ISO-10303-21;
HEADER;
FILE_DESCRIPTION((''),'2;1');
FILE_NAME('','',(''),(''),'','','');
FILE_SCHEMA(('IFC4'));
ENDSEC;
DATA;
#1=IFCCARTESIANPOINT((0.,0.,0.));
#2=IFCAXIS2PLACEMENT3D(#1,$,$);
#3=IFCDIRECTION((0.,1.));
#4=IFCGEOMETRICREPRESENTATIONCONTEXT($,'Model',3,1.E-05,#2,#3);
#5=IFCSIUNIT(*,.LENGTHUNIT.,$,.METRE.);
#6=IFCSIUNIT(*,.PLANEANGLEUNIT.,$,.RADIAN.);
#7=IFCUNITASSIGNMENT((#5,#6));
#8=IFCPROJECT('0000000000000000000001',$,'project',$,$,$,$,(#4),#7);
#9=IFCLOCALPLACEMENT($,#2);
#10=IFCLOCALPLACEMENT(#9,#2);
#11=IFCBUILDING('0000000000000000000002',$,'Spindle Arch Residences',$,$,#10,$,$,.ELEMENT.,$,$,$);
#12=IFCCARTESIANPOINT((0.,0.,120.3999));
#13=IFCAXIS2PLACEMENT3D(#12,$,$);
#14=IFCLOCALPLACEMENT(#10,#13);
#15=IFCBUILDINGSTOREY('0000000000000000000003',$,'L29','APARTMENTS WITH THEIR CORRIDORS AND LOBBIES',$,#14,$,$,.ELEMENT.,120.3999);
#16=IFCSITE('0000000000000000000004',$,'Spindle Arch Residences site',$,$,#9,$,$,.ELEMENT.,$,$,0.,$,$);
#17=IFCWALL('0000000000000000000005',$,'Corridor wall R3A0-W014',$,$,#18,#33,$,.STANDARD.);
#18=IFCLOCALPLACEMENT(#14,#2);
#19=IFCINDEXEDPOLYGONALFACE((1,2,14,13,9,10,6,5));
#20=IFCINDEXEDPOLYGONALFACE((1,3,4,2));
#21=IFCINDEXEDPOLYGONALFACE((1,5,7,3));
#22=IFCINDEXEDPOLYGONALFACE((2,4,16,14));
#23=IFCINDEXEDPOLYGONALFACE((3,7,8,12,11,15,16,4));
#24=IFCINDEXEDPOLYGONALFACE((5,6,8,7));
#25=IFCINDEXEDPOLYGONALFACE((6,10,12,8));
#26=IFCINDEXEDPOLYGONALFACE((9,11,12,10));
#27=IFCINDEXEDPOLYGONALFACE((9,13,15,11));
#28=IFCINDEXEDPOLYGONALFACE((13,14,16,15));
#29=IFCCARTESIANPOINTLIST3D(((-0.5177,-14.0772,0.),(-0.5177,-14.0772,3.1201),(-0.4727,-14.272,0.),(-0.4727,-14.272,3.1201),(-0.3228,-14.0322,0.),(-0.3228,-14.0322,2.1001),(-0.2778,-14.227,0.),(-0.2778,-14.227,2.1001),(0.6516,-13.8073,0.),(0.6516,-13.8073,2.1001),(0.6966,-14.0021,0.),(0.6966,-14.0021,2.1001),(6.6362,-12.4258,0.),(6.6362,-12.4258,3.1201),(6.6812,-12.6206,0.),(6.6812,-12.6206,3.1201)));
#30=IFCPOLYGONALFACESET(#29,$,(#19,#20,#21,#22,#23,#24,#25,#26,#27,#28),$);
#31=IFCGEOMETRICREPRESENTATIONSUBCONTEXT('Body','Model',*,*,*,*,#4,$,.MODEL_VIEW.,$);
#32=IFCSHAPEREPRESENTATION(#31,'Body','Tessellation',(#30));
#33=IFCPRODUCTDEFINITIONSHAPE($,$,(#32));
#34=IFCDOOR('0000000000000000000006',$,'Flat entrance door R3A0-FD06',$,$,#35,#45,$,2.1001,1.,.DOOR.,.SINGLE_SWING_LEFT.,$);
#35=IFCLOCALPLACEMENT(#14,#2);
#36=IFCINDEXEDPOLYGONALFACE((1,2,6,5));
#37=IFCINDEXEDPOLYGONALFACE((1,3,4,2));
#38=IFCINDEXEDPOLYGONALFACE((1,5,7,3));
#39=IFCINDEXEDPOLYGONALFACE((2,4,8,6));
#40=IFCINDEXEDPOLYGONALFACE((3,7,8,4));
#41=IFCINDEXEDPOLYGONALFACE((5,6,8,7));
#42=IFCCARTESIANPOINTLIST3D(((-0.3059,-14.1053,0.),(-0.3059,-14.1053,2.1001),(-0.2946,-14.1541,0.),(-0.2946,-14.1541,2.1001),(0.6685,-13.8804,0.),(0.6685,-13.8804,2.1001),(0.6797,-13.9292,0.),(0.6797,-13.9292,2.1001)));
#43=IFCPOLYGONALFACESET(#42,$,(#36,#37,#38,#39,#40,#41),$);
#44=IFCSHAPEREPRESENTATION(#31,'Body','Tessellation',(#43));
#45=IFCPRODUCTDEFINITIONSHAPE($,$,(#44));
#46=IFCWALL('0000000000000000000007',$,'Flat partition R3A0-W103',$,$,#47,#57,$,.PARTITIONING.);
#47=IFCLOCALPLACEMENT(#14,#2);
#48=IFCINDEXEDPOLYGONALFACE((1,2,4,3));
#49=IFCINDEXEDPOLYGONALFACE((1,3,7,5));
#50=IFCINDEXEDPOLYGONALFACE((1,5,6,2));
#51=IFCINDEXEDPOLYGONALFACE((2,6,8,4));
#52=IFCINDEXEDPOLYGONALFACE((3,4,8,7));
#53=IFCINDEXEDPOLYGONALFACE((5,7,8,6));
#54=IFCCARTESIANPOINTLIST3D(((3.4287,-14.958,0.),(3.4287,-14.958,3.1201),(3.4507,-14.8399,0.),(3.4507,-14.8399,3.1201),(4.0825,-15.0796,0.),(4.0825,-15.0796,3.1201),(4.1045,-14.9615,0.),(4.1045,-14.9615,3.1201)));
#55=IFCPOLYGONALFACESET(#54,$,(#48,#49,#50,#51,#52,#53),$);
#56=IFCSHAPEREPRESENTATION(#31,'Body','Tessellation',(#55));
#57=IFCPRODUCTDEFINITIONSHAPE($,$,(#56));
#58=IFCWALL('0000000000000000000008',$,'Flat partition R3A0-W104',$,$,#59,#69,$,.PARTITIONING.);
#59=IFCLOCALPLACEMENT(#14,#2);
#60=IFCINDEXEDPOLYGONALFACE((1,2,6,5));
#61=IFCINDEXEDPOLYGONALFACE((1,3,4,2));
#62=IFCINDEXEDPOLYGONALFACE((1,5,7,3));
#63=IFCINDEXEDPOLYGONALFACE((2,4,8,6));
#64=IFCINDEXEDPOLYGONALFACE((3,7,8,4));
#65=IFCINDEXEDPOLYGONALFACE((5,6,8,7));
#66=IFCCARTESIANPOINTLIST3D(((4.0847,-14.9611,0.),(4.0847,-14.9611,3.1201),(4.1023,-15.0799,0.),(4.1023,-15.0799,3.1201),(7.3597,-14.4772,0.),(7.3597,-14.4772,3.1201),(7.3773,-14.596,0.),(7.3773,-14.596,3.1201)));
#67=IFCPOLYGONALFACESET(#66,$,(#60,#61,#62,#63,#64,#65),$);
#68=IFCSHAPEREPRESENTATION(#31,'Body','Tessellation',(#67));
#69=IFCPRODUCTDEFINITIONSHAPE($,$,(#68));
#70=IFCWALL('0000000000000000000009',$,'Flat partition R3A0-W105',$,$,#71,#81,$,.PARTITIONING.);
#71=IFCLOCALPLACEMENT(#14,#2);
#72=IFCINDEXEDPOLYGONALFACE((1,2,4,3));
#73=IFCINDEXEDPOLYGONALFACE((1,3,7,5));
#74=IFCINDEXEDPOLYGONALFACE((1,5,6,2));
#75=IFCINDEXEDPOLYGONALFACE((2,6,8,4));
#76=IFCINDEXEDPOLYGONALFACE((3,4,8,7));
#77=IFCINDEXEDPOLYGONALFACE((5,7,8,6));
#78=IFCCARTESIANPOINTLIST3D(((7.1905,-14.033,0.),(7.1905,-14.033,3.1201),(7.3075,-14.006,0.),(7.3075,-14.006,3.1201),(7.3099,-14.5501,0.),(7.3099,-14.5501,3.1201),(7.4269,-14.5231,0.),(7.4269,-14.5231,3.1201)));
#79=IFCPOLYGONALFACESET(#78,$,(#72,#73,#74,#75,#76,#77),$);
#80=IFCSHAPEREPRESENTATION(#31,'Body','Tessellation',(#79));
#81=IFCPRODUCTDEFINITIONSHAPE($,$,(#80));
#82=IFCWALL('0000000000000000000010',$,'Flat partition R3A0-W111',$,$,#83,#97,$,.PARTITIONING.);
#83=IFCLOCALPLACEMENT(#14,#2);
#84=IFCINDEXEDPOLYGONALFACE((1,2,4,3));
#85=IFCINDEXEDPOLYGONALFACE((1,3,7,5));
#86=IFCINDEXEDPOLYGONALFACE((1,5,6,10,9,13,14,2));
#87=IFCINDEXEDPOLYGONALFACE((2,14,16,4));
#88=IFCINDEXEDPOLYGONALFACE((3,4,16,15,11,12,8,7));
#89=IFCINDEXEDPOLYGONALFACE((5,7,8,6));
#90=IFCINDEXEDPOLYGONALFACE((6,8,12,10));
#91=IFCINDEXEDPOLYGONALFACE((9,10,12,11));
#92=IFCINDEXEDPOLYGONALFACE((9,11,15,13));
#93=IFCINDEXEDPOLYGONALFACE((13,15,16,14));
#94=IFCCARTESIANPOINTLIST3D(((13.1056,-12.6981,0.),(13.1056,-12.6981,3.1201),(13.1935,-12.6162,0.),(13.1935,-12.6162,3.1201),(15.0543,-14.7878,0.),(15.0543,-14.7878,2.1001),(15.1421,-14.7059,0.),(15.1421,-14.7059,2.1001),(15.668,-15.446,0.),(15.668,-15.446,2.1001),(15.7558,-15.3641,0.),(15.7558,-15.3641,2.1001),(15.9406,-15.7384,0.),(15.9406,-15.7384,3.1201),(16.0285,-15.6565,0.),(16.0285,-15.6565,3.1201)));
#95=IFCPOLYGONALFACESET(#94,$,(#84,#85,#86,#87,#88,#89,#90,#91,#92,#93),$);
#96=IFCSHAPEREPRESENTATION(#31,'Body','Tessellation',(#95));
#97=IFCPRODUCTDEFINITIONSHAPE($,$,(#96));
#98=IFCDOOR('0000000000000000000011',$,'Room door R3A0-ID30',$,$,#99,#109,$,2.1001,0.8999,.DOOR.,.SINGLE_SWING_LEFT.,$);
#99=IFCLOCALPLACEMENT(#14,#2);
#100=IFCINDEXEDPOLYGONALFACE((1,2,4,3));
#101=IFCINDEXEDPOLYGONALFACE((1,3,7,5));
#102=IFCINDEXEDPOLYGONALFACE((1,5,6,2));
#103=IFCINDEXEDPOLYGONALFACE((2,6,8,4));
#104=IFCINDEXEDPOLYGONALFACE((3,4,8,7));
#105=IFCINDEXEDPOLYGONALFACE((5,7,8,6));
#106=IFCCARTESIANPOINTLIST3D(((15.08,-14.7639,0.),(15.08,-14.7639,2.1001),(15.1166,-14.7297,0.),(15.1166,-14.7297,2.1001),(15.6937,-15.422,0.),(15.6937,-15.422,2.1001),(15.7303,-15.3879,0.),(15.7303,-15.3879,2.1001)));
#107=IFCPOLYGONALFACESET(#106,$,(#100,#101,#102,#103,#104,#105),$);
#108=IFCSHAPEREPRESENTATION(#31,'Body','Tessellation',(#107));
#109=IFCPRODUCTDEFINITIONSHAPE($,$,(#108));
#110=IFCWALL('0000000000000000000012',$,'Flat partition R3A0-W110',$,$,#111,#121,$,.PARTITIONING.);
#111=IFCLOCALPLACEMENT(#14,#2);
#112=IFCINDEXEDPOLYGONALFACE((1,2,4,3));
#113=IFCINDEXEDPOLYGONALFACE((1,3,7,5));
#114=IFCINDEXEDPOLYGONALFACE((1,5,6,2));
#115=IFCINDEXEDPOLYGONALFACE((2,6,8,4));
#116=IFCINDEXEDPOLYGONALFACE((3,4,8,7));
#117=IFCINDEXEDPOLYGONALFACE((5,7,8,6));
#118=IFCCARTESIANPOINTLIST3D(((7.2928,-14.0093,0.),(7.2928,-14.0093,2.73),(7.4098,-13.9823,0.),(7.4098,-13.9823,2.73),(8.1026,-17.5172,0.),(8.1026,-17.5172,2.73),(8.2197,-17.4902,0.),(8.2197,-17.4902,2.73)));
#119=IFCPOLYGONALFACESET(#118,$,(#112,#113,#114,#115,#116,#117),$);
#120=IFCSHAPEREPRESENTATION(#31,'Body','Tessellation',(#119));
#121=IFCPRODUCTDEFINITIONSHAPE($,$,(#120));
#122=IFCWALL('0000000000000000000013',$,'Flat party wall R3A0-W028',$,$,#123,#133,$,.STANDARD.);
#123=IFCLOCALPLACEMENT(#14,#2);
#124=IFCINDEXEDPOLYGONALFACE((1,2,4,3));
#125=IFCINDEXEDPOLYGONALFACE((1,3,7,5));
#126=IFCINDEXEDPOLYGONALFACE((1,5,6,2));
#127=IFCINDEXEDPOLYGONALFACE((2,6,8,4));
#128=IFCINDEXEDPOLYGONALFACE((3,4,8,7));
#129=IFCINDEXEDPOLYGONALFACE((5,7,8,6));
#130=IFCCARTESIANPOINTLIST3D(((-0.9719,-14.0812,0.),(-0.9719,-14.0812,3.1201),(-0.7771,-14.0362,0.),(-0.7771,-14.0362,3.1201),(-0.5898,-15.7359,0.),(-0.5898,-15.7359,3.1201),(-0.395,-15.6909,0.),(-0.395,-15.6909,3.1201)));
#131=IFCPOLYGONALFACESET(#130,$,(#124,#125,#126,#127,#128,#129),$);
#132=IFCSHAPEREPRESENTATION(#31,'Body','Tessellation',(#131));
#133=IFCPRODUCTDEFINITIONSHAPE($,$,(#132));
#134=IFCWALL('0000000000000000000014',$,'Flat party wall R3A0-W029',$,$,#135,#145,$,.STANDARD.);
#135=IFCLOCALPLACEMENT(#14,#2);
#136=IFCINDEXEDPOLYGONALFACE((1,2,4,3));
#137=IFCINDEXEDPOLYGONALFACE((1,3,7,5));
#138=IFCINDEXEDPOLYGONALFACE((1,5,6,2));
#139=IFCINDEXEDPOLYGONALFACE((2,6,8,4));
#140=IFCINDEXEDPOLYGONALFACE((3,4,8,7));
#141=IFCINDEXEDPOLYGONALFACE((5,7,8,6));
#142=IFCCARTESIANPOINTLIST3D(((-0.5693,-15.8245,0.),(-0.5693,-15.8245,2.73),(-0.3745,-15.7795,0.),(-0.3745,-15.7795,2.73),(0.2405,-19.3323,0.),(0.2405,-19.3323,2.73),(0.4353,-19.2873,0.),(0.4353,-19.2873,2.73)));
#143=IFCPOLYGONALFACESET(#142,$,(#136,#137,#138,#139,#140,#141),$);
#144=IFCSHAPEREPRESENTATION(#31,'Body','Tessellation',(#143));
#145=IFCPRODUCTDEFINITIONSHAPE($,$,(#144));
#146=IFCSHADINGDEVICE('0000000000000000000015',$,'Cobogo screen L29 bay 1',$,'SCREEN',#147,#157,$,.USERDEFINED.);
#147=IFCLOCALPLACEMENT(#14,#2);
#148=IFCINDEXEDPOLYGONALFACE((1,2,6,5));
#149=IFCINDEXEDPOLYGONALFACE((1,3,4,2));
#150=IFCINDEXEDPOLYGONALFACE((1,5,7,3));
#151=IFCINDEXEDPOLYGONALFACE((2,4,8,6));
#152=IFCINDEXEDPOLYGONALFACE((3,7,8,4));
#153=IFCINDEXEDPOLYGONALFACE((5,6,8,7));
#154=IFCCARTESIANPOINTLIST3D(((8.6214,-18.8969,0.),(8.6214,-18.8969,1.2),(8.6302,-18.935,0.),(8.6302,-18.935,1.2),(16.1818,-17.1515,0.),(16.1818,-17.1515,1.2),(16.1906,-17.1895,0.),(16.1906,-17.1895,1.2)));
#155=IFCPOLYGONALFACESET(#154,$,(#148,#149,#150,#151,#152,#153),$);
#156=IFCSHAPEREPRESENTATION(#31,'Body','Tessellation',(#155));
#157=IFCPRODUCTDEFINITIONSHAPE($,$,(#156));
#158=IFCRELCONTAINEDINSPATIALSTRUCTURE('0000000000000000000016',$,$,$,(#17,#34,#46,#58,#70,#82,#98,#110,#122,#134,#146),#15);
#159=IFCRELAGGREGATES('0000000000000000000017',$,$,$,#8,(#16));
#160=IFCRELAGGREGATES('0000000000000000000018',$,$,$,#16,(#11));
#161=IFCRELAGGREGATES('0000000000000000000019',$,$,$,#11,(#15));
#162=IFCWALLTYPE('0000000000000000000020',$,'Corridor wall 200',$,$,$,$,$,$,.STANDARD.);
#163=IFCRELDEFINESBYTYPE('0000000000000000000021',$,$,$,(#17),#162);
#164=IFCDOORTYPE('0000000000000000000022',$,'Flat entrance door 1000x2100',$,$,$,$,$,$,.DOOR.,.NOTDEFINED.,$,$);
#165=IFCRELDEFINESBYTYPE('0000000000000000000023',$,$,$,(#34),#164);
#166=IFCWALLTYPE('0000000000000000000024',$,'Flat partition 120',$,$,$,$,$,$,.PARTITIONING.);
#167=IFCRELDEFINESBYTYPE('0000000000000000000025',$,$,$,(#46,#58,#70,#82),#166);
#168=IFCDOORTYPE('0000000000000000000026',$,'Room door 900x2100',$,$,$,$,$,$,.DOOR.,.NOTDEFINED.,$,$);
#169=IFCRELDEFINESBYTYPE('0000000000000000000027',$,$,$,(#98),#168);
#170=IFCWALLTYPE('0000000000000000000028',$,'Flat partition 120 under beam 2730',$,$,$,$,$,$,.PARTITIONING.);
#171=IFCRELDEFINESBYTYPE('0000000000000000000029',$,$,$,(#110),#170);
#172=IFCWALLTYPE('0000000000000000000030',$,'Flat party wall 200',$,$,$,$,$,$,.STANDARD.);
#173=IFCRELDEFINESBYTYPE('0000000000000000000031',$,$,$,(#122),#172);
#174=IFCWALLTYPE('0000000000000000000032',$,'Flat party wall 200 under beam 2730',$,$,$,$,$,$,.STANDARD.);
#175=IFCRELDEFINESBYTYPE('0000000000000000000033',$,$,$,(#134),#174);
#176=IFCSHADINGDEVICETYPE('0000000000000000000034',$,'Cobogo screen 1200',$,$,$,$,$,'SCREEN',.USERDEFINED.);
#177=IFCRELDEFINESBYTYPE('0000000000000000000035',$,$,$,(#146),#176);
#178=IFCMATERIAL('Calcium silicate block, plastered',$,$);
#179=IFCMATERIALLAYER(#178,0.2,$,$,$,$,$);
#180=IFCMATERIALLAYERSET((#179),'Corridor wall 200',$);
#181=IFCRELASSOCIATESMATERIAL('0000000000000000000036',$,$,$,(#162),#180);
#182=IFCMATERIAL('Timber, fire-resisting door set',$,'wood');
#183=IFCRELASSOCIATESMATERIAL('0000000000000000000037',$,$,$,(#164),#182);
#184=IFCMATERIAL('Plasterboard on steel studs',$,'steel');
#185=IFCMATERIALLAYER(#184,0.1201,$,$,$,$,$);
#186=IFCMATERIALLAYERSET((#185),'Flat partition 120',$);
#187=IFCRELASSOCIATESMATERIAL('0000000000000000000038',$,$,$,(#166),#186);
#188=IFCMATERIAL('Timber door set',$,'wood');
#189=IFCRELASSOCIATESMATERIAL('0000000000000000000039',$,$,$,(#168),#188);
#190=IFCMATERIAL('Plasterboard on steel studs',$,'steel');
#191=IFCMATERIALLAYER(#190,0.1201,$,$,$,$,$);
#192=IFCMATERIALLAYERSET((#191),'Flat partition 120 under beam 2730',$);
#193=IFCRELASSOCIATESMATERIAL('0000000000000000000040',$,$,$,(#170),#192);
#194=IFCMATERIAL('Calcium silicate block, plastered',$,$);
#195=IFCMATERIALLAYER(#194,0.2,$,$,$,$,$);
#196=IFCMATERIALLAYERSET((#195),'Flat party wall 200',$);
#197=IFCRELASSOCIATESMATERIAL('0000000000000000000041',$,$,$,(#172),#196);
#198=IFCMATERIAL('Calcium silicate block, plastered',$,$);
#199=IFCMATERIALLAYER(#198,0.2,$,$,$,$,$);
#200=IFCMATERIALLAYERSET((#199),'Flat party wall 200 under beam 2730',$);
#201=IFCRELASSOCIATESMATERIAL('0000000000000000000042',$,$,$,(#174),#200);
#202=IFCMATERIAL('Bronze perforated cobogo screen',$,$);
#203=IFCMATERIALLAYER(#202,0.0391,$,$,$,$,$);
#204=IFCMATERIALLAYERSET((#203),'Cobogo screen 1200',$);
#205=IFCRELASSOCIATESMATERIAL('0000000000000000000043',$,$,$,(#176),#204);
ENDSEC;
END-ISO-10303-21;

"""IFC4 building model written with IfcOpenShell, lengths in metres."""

from ifc_helpers import new_model, si_unit, direction, frame, frame_2d, origin, origin_2d, place, context, subcontext, project, spatial, rectangle, extrude, material, layer, layer_set, type_object, element, fill, save


model = new_model("IFC4")

# Units and contexts
model_context = context("Model", 3, precision=1e-05, world=origin(), true_north=direction((0.0, 1.0)))
body_context = subcontext(model_context, "Body", "Model", "MODEL_VIEW")
ifc_project = project(units=[si_unit("LENGTHUNIT", "METRE"), si_unit("PLANEANGLEUNIT", "RADIAN")], contexts=[model_context])

# Site, building, storey
site_placement = place(None, origin())
site = spatial("IfcSite", under=ifc_project, at=site_placement, Name="Spindle Arch Residences site", CompositionType="ELEMENT", RefElevation=0.0)
building_placement = place(site_placement, origin())
building = spatial("IfcBuilding", under=site, at=building_placement, Name="Spindle Arch Residences", CompositionType="ELEMENT")
storey_placement = place(building_placement, frame((0.0, 0.0, 120.3999)))
storey = spatial("IfcBuildingStorey", under=building, at=storey_placement, Name="L29", Description="APARTMENTS WITH THEIR CORRIDORS AND LOBBIES", CompositionType="ELEMENT", Elevation=120.3999)

# Wall, opening, door
ifc_material_1 = material(Name="Calcium silicate block, plastered")
ifc_layer_1 = layer(ifc_material_1, 0.2)
ifc_layer_set_1 = layer_set([ifc_layer_1], Name="Corridor wall 200")
wall_type_1 = type_object("IfcWallType", Name="Corridor wall 200", PredefinedType="STANDARD", material=ifc_layer_set_1)
wall_1_placement = place(storey_placement, frame((-0.4951, -14.1746, 0.0), z_axis=(0.0, 0.0, 1.0), x_axis=(0.974377, 0.224923, 0.0)))
wall_1 = element("IfcWall", 1, at=wall_1_placement, inside=storey, type_object=wall_type_1, Name="Corridor wall R3A0-W014", PredefinedType="STANDARD", context=body_context, shape_type="SweptSolid", body=[
    extrude(rectangle(XDim=7.342, YDim=0.2, at=frame_2d((3.6709, 0.0))), origin(), (0.0, 0.0, 1.0), 3.1201),
])
opening_1_placement = place(wall_1_placement, frame((0.2, 0.0, 0.0)))
opening_1 = element("IfcOpeningElement", 2, at=opening_1_placement, cuts=wall_1, PredefinedType="OPENING", context=body_context, shape_type="SweptSolid", body=[
    extrude(rectangle(XDim=1.0, YDim=2.1001, at=frame_2d((0.5, 1.05))), frame((0.0, 0.1099, 0.0), z_axis=(0.0, -1.0, 0.0), x_axis=(1.0, 0.0, 0.0)), (0.0, 0.0, 1.0), 0.22),
])
ifc_material_2 = material(Name="Timber, fire-resisting door set", Category="wood")
door_type_1 = type_object("IfcDoorType", Name="Flat entrance door 1000x2100", OperationType="NOTDEFINED", PredefinedType="DOOR", material=ifc_material_2)
door_1_placement = place(opening_1_placement, origin())
door_1 = element("IfcDoor", 3, at=door_1_placement, inside=storey, type_object=door_type_1, Name="Flat entrance door R3A0-FD06", OperationType="SINGLE_SWING_LEFT", OverallHeight=2.1001, OverallWidth=1.0, PredefinedType="DOOR", context=body_context, shape_type="SweptSolid", body=[
    extrude(rectangle(XDim=1.0, YDim=2.1001, at=frame_2d((0.5, 1.05))), frame((0.0, 0.0249, 0.0), z_axis=(0.0, -1.0, 0.0), x_axis=(1.0, 0.0, 0.0)), (0.0, 0.0, 1.0), 0.05),
])
fill(opening_1, door_1)

# Walls
ifc_material_3 = material(Name="Plasterboard on steel studs", Category="steel")
ifc_layer_2 = layer(ifc_material_3, 0.1201)
ifc_layer_set_2 = layer_set([ifc_layer_2], Name="Flat partition 120")
wall_type_2 = type_object("IfcWallType", Name="Flat partition 120", PredefinedType="PARTITIONING", material=ifc_layer_set_2)
wall_2_placement = place(storey_placement, frame((3.4397, -14.8989, 0.0), z_axis=(0.0, 0.0, 1.0), x_axis=(0.983145, -0.182825, 0.0)))
element("IfcWall", 4, at=wall_2_placement, inside=storey, type_object=wall_type_2, Name="Flat partition R3A0-W103", PredefinedType="PARTITIONING", context=body_context, shape_type="SweptSolid", body=[
    extrude(rectangle(XDim=0.665, YDim=0.1201, at=frame_2d((0.3325, 0.0))), origin(), (0.0, 0.0, 1.0), 3.1201),
])
wall_3_placement = place(storey_placement, frame((4.0935, -15.0205, 0.0), z_axis=(0.0, 0.0, 1.0), x_axis=(0.98926, 0.146169, 0.0)))
element("IfcWall", 5, at=wall_3_placement, inside=storey, type_object=wall_type_2, Name="Flat partition R3A0-W104", PredefinedType="PARTITIONING", context=body_context, shape_type="SweptSolid", body=[
    extrude(rectangle(XDim=3.3105, YDim=0.1201, at=frame_2d((1.6553, 0.0))), origin(), (0.0, 0.0, 1.0), 3.1201),
])
wall_4_placement = place(storey_placement, frame((7.3684, -14.5366, 0.0), z_axis=(0.0, 0.0, 1.0), x_axis=(-0.22496, 0.974368, 0.0)))
element("IfcWall", 6, at=wall_4_placement, inside=storey, type_object=wall_type_2, Name="Flat partition R3A0-W105", PredefinedType="PARTITIONING", context=body_context, shape_type="SweptSolid", body=[
    extrude(rectangle(XDim=0.5308, YDim=0.1201, at=frame_2d((0.2654, 0.0))), origin(), (0.0, 0.0, 1.0), 3.1201),
])

# Wall, opening, door
wall_5_placement = place(storey_placement, frame((15.9846, -15.6975, 0.0), z_axis=(0.0, 0.0, 1.0), x_axis=(-0.681979, 0.731372, 0.0)))
wall_5 = element("IfcWall", 7, at=wall_5_placement, inside=storey, type_object=wall_type_2, Name="Flat partition R3A0-W111", PredefinedType="PARTITIONING", context=body_context, shape_type="SweptSolid", body=[
    extrude(rectangle(XDim=4.157, YDim=0.1201, at=frame_2d((2.0786, 0.0))), origin(), (0.0, 0.0, 1.0), 3.1201),
])
opening_2_placement = place(wall_5_placement, frame((0.3999, 0.0, 0.0)))
opening_2 = element("IfcOpeningElement", 8, at=opening_2_placement, cuts=wall_5, PredefinedType="OPENING", context=body_context, shape_type="SweptSolid", body=[
    extrude(rectangle(XDim=0.8999, YDim=2.1001, at=frame_2d((0.45, 1.05))), frame((0.0, 0.0701, 0.0), z_axis=(0.0, -1.0, 0.0), x_axis=(1.0, 0.0, 0.0)), (0.0, 0.0, 1.0), 0.1401),
])
ifc_material_4 = material(Name="Timber door set", Category="wood")
door_type_2 = type_object("IfcDoorType", Name="Room door 900x2100", OperationType="NOTDEFINED", PredefinedType="DOOR", material=ifc_material_4)
door_2_placement = place(opening_2_placement, origin())
door_2 = element("IfcDoor", 9, at=door_2_placement, inside=storey, type_object=door_type_2, Name="Room door R3A0-ID30", OperationType="SINGLE_SWING_LEFT", OverallHeight=2.1001, OverallWidth=0.8999, PredefinedType="DOOR", context=body_context, shape_type="SweptSolid", body=[
    extrude(rectangle(XDim=0.8999, YDim=2.1001, at=frame_2d((0.45, 1.05))), frame((0.0, 0.0249, 0.0), z_axis=(0.0, -1.0, 0.0), x_axis=(1.0, 0.0, 0.0)), (0.0, 0.0, 1.0), 0.05),
])
fill(opening_2, door_2)

# Walls
ifc_material_5 = material(Name="Plasterboard on steel studs", Category="steel")
ifc_layer_3 = layer(ifc_material_5, 0.1201)
ifc_layer_set_3 = layer_set([ifc_layer_3], Name="Flat partition 120 under beam 2730")
wall_type_3 = type_object("IfcWallType", Name="Flat partition 120 under beam 2730", PredefinedType="PARTITIONING", material=ifc_layer_set_3)
wall_6_placement = place(storey_placement, frame((8.1611, -17.5037, 0.0), z_axis=(0.0, 0.0, 1.0), x_axis=(-0.224944, 0.974372, 0.0)))
element("IfcWall", 10, at=wall_6_placement, inside=storey, type_object=wall_type_3, Name="Flat partition R3A0-W110", PredefinedType="PARTITIONING", context=body_context, shape_type="SweptSolid", body=[
    extrude(rectangle(XDim=3.6001, YDim=0.1201, at=frame_2d((1.8, 0.0))), origin(), (0.0, 0.0, 1.0), 2.73),
])
ifc_material_6 = material(Name="Calcium silicate block, plastered")
ifc_layer_4 = layer(ifc_material_6, 0.2)
ifc_layer_set_4 = layer_set([ifc_layer_4], Name="Flat party wall 200")
wall_type_4 = type_object("IfcWallType", Name="Flat party wall 200", PredefinedType="STANDARD", material=ifc_layer_set_4)
wall_7_placement = place(storey_placement, frame((-0.4924, -15.7134, 0.0), z_axis=(0.0, 0.0, 1.0), x_axis=(-0.224975, 0.974365, 0.0)))
element("IfcWall", 11, at=wall_7_placement, inside=storey, type_object=wall_type_4, Name="Flat party wall R3A0-W028", PredefinedType="STANDARD", context=body_context, shape_type="SweptSolid", body=[
    extrude(rectangle(XDim=1.6982, YDim=0.2, at=frame_2d((0.8491, 0.0))), origin(), (0.0, 0.0, 1.0), 3.1201),
])
ifc_material_7 = material(Name="Calcium silicate block, plastered")
ifc_layer_5 = layer(ifc_material_7, 0.2)
ifc_layer_set_5 = layer_set([ifc_layer_5], Name="Flat party wall 200 under beam 2730")
wall_type_5 = type_object("IfcWallType", Name="Flat party wall 200 under beam 2730", PredefinedType="STANDARD", material=ifc_layer_set_5)
wall_8_placement = place(storey_placement, frame((0.3379, -19.3098, 0.0), z_axis=(0.0, 0.0, 1.0), x_axis=(-0.224944, 0.974372, 0.0)))
element("IfcWall", 12, at=wall_8_placement, inside=storey, type_object=wall_type_5, Name="Flat party wall R3A0-W029", PredefinedType="STANDARD", context=body_context, shape_type="SweptSolid", body=[
    extrude(rectangle(XDim=3.6001, YDim=0.2, at=frame_2d((1.8, 0.0))), origin(), (0.0, 0.0, 1.0), 2.73),
])

# Shading device
ifc_material_8 = material(Name="Bronze perforated cobogo screen")
ifc_layer_6 = layer(ifc_material_8, 0.0391)
ifc_layer_set_6 = layer_set([ifc_layer_6], Name="Cobogo screen 1200")
shading_device_type = type_object("IfcShadingDeviceType", Name="Cobogo screen 1200", ElementType="SCREEN", PredefinedType="USERDEFINED", material=ifc_layer_set_6)
shading_device_placement = place(storey_placement, frame((12.406, -18.0432, 0.0), z_axis=(0.0, 0.0, 1.0), x_axis=(0.97437, 0.224951, 0.0)))
element("IfcShadingDevice", 13, at=shading_device_placement, inside=storey, type_object=shading_device_type, Name="Cobogo screen L29 bay 1", ObjectType="SCREEN", PredefinedType="USERDEFINED", context=body_context, shape_type="SweptSolid", body=[
    extrude(rectangle(XDim=7.7593, YDim=0.0391, at=origin_2d()), origin(), (0.0, 0.0, 1.0), 1.2),
])

save(model, "model.ifc")
